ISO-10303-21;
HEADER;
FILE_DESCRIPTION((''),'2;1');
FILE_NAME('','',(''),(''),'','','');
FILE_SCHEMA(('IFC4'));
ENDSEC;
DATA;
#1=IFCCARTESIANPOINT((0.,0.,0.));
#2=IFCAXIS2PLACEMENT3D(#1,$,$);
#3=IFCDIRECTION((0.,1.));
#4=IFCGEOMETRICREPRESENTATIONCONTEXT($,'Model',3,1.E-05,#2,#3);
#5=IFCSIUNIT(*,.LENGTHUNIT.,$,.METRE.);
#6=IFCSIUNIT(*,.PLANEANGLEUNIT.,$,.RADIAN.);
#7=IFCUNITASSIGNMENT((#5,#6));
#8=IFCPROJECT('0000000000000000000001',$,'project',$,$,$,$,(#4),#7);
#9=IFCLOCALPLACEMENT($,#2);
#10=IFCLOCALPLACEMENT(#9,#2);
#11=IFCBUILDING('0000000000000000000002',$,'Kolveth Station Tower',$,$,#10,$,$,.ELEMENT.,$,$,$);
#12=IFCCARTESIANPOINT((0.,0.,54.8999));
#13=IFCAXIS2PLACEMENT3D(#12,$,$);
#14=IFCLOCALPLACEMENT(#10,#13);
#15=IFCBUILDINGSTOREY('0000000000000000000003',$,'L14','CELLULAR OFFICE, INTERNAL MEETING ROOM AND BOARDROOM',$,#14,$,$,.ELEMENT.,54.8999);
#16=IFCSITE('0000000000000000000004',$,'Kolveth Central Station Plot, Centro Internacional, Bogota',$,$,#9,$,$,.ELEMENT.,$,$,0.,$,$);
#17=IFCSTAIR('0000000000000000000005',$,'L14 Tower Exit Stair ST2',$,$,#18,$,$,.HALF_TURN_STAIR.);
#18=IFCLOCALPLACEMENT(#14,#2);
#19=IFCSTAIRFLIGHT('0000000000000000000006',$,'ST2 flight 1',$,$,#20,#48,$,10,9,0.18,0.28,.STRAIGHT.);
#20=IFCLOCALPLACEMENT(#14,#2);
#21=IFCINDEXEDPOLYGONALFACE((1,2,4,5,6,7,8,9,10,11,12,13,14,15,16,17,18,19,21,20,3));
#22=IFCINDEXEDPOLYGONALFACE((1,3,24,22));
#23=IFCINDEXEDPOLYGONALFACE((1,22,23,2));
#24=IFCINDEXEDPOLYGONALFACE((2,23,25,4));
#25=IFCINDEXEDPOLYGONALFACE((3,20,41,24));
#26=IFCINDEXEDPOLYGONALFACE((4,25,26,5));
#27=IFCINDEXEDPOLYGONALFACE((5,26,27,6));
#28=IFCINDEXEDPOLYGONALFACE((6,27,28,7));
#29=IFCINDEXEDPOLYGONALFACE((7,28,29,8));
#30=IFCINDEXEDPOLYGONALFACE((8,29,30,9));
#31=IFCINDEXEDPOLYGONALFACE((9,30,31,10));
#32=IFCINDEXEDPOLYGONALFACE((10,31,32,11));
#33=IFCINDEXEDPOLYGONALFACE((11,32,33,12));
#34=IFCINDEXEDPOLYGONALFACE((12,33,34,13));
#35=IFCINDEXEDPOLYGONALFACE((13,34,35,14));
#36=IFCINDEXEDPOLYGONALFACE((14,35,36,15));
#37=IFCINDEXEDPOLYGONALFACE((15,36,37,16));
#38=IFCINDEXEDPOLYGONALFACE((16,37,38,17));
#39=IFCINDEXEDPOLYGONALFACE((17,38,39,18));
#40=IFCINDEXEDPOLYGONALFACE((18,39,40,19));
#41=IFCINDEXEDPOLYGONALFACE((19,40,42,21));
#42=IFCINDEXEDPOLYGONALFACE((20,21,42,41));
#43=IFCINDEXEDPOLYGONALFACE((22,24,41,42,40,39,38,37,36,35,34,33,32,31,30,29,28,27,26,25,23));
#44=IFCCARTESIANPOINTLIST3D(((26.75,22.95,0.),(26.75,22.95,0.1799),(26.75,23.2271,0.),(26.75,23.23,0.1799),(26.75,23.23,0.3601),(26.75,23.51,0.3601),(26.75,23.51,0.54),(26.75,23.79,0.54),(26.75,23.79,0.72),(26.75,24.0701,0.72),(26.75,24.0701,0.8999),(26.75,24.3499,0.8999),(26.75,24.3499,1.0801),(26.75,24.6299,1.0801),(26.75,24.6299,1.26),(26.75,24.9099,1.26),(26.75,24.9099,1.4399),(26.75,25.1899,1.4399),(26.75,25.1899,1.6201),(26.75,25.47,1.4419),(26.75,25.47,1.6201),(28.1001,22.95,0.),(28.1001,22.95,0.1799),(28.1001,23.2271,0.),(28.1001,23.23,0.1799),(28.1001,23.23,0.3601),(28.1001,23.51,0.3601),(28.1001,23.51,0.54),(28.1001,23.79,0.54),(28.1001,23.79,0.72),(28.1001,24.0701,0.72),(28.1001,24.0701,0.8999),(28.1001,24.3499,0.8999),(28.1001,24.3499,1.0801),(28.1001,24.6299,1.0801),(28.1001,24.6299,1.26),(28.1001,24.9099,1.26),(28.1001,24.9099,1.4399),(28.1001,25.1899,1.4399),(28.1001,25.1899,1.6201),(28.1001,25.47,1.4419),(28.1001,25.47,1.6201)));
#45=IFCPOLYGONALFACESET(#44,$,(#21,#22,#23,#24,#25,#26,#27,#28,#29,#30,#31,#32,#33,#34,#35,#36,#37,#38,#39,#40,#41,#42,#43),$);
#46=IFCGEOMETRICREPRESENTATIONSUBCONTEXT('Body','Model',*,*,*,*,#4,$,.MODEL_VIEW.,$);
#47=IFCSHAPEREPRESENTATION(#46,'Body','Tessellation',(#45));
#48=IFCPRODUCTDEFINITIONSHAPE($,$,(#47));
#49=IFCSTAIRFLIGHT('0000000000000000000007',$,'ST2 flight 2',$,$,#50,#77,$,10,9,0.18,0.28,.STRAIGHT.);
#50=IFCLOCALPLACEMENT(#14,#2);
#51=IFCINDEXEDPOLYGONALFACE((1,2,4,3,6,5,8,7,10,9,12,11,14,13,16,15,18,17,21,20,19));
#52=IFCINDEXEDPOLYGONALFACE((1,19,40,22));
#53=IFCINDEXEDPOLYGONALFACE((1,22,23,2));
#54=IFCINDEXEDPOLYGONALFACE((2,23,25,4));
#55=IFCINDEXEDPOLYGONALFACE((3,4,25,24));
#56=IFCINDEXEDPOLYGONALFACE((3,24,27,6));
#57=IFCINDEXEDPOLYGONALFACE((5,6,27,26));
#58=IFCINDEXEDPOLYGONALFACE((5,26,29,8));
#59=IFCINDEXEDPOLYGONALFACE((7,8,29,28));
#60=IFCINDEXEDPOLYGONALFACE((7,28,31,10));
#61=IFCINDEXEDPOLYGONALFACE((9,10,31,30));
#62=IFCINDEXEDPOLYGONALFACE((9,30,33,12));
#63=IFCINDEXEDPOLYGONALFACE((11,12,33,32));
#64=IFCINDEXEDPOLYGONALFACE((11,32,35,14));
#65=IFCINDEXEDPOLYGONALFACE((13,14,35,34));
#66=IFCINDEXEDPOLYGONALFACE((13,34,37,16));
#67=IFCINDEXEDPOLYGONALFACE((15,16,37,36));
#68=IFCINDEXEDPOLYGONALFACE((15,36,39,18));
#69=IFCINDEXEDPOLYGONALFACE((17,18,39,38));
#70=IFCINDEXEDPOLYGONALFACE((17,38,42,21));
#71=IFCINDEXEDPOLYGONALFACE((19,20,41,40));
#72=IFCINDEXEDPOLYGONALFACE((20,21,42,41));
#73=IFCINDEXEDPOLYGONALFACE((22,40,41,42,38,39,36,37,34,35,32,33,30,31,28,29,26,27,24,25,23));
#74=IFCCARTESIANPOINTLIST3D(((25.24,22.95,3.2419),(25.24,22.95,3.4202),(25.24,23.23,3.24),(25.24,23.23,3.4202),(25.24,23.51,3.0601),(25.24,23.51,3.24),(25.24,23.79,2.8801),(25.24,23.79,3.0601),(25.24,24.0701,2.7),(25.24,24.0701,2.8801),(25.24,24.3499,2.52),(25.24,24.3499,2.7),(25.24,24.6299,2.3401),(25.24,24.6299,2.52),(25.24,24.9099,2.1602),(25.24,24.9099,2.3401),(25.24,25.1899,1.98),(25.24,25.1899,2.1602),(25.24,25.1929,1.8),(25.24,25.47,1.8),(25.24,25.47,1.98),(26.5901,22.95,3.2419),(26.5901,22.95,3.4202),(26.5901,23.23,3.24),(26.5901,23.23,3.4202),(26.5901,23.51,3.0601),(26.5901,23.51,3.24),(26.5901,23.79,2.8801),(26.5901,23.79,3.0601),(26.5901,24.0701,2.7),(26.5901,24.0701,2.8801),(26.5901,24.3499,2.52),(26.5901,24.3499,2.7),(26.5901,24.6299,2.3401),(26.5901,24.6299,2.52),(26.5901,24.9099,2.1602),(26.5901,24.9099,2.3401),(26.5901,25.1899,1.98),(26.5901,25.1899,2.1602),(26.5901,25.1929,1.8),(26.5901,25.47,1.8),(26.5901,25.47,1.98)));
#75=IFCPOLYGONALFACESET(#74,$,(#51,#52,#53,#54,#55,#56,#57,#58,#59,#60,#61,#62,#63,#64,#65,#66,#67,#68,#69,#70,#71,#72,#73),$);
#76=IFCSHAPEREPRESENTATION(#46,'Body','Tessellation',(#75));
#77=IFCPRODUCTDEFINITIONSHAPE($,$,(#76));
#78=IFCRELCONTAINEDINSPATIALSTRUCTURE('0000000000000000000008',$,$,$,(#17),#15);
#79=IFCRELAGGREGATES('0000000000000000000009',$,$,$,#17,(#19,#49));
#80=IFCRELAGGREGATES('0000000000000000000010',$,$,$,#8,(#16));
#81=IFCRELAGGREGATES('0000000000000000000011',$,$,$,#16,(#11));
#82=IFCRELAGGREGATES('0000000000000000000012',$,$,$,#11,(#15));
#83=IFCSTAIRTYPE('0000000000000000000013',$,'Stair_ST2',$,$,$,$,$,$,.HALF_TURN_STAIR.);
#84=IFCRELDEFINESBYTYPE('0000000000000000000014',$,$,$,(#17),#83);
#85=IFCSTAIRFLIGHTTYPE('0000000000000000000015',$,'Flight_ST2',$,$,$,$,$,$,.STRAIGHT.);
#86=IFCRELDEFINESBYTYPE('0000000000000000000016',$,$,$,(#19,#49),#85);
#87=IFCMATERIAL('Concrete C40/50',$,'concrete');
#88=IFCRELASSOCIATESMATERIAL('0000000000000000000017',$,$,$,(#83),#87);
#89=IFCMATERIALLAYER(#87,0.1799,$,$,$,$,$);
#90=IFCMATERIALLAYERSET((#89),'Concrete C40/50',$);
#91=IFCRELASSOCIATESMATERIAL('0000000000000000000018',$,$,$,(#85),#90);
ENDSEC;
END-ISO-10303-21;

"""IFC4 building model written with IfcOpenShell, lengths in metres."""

from ifc_helpers import new_model, si_unit, direction, frame, origin, place, context, subcontext, project, spatial, polyline, outline, extrude, material, layer, layer_set, type_object, element, aggregate, save


model = new_model("IFC4")

# Units and contexts
model_context = context("Model", 3, precision=1e-05, world=origin(), true_north=direction((0.0, 1.0)))
body_context = subcontext(model_context, "Body", "Model", "MODEL_VIEW")
ifc_project = project(units=[si_unit("LENGTHUNIT", "METRE"), si_unit("PLANEANGLEUNIT", "RADIAN")], contexts=[model_context])

# Site, building, storey
site_placement = place(None, origin())
site = spatial("IfcSite", under=ifc_project, at=site_placement, Name="Kolveth Central Station Plot, Centro Internacional, Bogota", CompositionType="ELEMENT", RefElevation=0.0)
building_placement = place(site_placement, origin())
building = spatial("IfcBuilding", under=site, at=building_placement, Name="Kolveth Station Tower", CompositionType="ELEMENT")
storey_placement = place(building_placement, frame((0.0, 0.0, 54.8999)))
storey = spatial("IfcBuildingStorey", under=building, at=storey_placement, Name="L14", Description="CELLULAR OFFICE, INTERNAL MEETING ROOM AND BOARDROOM", CompositionType="ELEMENT", Elevation=54.8999)

# Shared definitions
ifc_material_1 = material(Name="Concrete C40/50", Category="concrete")

# Stair, stair flights
stair_type = type_object("IfcStairType", Name="Stair_ST2", PredefinedType="HALF_TURN_STAIR", material=ifc_material_1)
stair_placement = place(storey_placement, origin())
stair = element("IfcStair", 1, at=stair_placement, inside=storey, type_object=stair_type, Name="L14 Tower Exit Stair ST2", PredefinedType="HALF_TURN_STAIR")
ifc_layer_1 = layer(ifc_material_1, 0.1799)
ifc_layer_set_1 = layer_set([ifc_layer_1], Name="Concrete C40/50")
stair_flight_type = type_object("IfcStairFlightType", Name="Flight_ST2", PredefinedType="STRAIGHT", material=ifc_layer_set_1)
stair_flight_1_placement = place(storey_placement, frame((27.425, 22.95, 0.0), z_axis=(0.0, 0.0, 1.0), x_axis=(0.0, 1.0, 0.0)))
stair_flight_1 = element("IfcStairFlight", 2, at=stair_flight_1_placement, type_object=stair_flight_type, Name="ST2 flight 1", NumberOfRisers=10, NumberOfTreads=9, PredefinedType="STRAIGHT", RiserHeight=0.18, TreadLength=0.28, context=body_context, shape_type="SweptSolid", body=[
    extrude(outline(polyline([(0.0, 0.0), (0.0, 0.1799), (0.28, 0.1799), (0.28, 0.3601), (0.5601, 0.3601), (0.5601, 0.54), (0.8401, 0.54), (0.8401, 0.72), (1.1201, 0.72), (1.1201, 0.8999), (1.3999, 0.8999), (1.3999, 1.0801), (1.6799, 1.0801), (1.6799, 1.26), (1.96, 1.26), (1.96, 1.4399), (2.24, 1.4399), (2.24, 1.6201), (2.52, 1.6201), (2.52, 1.8), (2.52, 1.4419), (0.2771, 0.0), (0.0, 0.0)])), frame((0.0, 0.675, 0.0), z_axis=(0.0, -1.0, 0.0), x_axis=(1.0, 0.0, 0.0)), (0.0, 0.0, 1.0), 1.3501),
])
stair_flight_2_placement = place(storey_placement, frame((25.915, 25.47, 1.8), z_axis=(0.0, 0.0, 1.0), x_axis=(0.0, -1.0, 0.0)))
stair_flight_2 = element("IfcStairFlight", 3, at=stair_flight_2_placement, type_object=stair_flight_type, Name="ST2 flight 2", NumberOfRisers=10, NumberOfTreads=9, PredefinedType="STRAIGHT", RiserHeight=0.18, TreadLength=0.28, context=body_context, shape_type="SweptSolid", body=[
    extrude(outline(polyline([(0.0, 0.0), (0.0, 0.1799), (0.28, 0.1799), (0.28, 0.3601), (0.5601, 0.3601), (0.5601, 0.54), (0.8401, 0.54), (0.8401, 0.72), (1.1201, 0.72), (1.1201, 0.8999), (1.3999, 0.8999), (1.3999, 1.0801), (1.6799, 1.0801), (1.6799, 1.26), (1.96, 1.26), (1.96, 1.4399), (2.24, 1.4399), (2.24, 1.6201), (2.52, 1.6201), (2.52, 1.8), (2.52, 1.4419), (0.2771, 0.0), (0.0, 0.0)])), frame((0.0, 0.675, 0.0), z_axis=(0.0, -1.0, 0.0), x_axis=(1.0, 0.0, 0.0)), (0.0, 0.0, 1.0), 1.3501),
])
aggregate(stair, [stair_flight_1, stair_flight_2])

save(model, "model.ifc")
